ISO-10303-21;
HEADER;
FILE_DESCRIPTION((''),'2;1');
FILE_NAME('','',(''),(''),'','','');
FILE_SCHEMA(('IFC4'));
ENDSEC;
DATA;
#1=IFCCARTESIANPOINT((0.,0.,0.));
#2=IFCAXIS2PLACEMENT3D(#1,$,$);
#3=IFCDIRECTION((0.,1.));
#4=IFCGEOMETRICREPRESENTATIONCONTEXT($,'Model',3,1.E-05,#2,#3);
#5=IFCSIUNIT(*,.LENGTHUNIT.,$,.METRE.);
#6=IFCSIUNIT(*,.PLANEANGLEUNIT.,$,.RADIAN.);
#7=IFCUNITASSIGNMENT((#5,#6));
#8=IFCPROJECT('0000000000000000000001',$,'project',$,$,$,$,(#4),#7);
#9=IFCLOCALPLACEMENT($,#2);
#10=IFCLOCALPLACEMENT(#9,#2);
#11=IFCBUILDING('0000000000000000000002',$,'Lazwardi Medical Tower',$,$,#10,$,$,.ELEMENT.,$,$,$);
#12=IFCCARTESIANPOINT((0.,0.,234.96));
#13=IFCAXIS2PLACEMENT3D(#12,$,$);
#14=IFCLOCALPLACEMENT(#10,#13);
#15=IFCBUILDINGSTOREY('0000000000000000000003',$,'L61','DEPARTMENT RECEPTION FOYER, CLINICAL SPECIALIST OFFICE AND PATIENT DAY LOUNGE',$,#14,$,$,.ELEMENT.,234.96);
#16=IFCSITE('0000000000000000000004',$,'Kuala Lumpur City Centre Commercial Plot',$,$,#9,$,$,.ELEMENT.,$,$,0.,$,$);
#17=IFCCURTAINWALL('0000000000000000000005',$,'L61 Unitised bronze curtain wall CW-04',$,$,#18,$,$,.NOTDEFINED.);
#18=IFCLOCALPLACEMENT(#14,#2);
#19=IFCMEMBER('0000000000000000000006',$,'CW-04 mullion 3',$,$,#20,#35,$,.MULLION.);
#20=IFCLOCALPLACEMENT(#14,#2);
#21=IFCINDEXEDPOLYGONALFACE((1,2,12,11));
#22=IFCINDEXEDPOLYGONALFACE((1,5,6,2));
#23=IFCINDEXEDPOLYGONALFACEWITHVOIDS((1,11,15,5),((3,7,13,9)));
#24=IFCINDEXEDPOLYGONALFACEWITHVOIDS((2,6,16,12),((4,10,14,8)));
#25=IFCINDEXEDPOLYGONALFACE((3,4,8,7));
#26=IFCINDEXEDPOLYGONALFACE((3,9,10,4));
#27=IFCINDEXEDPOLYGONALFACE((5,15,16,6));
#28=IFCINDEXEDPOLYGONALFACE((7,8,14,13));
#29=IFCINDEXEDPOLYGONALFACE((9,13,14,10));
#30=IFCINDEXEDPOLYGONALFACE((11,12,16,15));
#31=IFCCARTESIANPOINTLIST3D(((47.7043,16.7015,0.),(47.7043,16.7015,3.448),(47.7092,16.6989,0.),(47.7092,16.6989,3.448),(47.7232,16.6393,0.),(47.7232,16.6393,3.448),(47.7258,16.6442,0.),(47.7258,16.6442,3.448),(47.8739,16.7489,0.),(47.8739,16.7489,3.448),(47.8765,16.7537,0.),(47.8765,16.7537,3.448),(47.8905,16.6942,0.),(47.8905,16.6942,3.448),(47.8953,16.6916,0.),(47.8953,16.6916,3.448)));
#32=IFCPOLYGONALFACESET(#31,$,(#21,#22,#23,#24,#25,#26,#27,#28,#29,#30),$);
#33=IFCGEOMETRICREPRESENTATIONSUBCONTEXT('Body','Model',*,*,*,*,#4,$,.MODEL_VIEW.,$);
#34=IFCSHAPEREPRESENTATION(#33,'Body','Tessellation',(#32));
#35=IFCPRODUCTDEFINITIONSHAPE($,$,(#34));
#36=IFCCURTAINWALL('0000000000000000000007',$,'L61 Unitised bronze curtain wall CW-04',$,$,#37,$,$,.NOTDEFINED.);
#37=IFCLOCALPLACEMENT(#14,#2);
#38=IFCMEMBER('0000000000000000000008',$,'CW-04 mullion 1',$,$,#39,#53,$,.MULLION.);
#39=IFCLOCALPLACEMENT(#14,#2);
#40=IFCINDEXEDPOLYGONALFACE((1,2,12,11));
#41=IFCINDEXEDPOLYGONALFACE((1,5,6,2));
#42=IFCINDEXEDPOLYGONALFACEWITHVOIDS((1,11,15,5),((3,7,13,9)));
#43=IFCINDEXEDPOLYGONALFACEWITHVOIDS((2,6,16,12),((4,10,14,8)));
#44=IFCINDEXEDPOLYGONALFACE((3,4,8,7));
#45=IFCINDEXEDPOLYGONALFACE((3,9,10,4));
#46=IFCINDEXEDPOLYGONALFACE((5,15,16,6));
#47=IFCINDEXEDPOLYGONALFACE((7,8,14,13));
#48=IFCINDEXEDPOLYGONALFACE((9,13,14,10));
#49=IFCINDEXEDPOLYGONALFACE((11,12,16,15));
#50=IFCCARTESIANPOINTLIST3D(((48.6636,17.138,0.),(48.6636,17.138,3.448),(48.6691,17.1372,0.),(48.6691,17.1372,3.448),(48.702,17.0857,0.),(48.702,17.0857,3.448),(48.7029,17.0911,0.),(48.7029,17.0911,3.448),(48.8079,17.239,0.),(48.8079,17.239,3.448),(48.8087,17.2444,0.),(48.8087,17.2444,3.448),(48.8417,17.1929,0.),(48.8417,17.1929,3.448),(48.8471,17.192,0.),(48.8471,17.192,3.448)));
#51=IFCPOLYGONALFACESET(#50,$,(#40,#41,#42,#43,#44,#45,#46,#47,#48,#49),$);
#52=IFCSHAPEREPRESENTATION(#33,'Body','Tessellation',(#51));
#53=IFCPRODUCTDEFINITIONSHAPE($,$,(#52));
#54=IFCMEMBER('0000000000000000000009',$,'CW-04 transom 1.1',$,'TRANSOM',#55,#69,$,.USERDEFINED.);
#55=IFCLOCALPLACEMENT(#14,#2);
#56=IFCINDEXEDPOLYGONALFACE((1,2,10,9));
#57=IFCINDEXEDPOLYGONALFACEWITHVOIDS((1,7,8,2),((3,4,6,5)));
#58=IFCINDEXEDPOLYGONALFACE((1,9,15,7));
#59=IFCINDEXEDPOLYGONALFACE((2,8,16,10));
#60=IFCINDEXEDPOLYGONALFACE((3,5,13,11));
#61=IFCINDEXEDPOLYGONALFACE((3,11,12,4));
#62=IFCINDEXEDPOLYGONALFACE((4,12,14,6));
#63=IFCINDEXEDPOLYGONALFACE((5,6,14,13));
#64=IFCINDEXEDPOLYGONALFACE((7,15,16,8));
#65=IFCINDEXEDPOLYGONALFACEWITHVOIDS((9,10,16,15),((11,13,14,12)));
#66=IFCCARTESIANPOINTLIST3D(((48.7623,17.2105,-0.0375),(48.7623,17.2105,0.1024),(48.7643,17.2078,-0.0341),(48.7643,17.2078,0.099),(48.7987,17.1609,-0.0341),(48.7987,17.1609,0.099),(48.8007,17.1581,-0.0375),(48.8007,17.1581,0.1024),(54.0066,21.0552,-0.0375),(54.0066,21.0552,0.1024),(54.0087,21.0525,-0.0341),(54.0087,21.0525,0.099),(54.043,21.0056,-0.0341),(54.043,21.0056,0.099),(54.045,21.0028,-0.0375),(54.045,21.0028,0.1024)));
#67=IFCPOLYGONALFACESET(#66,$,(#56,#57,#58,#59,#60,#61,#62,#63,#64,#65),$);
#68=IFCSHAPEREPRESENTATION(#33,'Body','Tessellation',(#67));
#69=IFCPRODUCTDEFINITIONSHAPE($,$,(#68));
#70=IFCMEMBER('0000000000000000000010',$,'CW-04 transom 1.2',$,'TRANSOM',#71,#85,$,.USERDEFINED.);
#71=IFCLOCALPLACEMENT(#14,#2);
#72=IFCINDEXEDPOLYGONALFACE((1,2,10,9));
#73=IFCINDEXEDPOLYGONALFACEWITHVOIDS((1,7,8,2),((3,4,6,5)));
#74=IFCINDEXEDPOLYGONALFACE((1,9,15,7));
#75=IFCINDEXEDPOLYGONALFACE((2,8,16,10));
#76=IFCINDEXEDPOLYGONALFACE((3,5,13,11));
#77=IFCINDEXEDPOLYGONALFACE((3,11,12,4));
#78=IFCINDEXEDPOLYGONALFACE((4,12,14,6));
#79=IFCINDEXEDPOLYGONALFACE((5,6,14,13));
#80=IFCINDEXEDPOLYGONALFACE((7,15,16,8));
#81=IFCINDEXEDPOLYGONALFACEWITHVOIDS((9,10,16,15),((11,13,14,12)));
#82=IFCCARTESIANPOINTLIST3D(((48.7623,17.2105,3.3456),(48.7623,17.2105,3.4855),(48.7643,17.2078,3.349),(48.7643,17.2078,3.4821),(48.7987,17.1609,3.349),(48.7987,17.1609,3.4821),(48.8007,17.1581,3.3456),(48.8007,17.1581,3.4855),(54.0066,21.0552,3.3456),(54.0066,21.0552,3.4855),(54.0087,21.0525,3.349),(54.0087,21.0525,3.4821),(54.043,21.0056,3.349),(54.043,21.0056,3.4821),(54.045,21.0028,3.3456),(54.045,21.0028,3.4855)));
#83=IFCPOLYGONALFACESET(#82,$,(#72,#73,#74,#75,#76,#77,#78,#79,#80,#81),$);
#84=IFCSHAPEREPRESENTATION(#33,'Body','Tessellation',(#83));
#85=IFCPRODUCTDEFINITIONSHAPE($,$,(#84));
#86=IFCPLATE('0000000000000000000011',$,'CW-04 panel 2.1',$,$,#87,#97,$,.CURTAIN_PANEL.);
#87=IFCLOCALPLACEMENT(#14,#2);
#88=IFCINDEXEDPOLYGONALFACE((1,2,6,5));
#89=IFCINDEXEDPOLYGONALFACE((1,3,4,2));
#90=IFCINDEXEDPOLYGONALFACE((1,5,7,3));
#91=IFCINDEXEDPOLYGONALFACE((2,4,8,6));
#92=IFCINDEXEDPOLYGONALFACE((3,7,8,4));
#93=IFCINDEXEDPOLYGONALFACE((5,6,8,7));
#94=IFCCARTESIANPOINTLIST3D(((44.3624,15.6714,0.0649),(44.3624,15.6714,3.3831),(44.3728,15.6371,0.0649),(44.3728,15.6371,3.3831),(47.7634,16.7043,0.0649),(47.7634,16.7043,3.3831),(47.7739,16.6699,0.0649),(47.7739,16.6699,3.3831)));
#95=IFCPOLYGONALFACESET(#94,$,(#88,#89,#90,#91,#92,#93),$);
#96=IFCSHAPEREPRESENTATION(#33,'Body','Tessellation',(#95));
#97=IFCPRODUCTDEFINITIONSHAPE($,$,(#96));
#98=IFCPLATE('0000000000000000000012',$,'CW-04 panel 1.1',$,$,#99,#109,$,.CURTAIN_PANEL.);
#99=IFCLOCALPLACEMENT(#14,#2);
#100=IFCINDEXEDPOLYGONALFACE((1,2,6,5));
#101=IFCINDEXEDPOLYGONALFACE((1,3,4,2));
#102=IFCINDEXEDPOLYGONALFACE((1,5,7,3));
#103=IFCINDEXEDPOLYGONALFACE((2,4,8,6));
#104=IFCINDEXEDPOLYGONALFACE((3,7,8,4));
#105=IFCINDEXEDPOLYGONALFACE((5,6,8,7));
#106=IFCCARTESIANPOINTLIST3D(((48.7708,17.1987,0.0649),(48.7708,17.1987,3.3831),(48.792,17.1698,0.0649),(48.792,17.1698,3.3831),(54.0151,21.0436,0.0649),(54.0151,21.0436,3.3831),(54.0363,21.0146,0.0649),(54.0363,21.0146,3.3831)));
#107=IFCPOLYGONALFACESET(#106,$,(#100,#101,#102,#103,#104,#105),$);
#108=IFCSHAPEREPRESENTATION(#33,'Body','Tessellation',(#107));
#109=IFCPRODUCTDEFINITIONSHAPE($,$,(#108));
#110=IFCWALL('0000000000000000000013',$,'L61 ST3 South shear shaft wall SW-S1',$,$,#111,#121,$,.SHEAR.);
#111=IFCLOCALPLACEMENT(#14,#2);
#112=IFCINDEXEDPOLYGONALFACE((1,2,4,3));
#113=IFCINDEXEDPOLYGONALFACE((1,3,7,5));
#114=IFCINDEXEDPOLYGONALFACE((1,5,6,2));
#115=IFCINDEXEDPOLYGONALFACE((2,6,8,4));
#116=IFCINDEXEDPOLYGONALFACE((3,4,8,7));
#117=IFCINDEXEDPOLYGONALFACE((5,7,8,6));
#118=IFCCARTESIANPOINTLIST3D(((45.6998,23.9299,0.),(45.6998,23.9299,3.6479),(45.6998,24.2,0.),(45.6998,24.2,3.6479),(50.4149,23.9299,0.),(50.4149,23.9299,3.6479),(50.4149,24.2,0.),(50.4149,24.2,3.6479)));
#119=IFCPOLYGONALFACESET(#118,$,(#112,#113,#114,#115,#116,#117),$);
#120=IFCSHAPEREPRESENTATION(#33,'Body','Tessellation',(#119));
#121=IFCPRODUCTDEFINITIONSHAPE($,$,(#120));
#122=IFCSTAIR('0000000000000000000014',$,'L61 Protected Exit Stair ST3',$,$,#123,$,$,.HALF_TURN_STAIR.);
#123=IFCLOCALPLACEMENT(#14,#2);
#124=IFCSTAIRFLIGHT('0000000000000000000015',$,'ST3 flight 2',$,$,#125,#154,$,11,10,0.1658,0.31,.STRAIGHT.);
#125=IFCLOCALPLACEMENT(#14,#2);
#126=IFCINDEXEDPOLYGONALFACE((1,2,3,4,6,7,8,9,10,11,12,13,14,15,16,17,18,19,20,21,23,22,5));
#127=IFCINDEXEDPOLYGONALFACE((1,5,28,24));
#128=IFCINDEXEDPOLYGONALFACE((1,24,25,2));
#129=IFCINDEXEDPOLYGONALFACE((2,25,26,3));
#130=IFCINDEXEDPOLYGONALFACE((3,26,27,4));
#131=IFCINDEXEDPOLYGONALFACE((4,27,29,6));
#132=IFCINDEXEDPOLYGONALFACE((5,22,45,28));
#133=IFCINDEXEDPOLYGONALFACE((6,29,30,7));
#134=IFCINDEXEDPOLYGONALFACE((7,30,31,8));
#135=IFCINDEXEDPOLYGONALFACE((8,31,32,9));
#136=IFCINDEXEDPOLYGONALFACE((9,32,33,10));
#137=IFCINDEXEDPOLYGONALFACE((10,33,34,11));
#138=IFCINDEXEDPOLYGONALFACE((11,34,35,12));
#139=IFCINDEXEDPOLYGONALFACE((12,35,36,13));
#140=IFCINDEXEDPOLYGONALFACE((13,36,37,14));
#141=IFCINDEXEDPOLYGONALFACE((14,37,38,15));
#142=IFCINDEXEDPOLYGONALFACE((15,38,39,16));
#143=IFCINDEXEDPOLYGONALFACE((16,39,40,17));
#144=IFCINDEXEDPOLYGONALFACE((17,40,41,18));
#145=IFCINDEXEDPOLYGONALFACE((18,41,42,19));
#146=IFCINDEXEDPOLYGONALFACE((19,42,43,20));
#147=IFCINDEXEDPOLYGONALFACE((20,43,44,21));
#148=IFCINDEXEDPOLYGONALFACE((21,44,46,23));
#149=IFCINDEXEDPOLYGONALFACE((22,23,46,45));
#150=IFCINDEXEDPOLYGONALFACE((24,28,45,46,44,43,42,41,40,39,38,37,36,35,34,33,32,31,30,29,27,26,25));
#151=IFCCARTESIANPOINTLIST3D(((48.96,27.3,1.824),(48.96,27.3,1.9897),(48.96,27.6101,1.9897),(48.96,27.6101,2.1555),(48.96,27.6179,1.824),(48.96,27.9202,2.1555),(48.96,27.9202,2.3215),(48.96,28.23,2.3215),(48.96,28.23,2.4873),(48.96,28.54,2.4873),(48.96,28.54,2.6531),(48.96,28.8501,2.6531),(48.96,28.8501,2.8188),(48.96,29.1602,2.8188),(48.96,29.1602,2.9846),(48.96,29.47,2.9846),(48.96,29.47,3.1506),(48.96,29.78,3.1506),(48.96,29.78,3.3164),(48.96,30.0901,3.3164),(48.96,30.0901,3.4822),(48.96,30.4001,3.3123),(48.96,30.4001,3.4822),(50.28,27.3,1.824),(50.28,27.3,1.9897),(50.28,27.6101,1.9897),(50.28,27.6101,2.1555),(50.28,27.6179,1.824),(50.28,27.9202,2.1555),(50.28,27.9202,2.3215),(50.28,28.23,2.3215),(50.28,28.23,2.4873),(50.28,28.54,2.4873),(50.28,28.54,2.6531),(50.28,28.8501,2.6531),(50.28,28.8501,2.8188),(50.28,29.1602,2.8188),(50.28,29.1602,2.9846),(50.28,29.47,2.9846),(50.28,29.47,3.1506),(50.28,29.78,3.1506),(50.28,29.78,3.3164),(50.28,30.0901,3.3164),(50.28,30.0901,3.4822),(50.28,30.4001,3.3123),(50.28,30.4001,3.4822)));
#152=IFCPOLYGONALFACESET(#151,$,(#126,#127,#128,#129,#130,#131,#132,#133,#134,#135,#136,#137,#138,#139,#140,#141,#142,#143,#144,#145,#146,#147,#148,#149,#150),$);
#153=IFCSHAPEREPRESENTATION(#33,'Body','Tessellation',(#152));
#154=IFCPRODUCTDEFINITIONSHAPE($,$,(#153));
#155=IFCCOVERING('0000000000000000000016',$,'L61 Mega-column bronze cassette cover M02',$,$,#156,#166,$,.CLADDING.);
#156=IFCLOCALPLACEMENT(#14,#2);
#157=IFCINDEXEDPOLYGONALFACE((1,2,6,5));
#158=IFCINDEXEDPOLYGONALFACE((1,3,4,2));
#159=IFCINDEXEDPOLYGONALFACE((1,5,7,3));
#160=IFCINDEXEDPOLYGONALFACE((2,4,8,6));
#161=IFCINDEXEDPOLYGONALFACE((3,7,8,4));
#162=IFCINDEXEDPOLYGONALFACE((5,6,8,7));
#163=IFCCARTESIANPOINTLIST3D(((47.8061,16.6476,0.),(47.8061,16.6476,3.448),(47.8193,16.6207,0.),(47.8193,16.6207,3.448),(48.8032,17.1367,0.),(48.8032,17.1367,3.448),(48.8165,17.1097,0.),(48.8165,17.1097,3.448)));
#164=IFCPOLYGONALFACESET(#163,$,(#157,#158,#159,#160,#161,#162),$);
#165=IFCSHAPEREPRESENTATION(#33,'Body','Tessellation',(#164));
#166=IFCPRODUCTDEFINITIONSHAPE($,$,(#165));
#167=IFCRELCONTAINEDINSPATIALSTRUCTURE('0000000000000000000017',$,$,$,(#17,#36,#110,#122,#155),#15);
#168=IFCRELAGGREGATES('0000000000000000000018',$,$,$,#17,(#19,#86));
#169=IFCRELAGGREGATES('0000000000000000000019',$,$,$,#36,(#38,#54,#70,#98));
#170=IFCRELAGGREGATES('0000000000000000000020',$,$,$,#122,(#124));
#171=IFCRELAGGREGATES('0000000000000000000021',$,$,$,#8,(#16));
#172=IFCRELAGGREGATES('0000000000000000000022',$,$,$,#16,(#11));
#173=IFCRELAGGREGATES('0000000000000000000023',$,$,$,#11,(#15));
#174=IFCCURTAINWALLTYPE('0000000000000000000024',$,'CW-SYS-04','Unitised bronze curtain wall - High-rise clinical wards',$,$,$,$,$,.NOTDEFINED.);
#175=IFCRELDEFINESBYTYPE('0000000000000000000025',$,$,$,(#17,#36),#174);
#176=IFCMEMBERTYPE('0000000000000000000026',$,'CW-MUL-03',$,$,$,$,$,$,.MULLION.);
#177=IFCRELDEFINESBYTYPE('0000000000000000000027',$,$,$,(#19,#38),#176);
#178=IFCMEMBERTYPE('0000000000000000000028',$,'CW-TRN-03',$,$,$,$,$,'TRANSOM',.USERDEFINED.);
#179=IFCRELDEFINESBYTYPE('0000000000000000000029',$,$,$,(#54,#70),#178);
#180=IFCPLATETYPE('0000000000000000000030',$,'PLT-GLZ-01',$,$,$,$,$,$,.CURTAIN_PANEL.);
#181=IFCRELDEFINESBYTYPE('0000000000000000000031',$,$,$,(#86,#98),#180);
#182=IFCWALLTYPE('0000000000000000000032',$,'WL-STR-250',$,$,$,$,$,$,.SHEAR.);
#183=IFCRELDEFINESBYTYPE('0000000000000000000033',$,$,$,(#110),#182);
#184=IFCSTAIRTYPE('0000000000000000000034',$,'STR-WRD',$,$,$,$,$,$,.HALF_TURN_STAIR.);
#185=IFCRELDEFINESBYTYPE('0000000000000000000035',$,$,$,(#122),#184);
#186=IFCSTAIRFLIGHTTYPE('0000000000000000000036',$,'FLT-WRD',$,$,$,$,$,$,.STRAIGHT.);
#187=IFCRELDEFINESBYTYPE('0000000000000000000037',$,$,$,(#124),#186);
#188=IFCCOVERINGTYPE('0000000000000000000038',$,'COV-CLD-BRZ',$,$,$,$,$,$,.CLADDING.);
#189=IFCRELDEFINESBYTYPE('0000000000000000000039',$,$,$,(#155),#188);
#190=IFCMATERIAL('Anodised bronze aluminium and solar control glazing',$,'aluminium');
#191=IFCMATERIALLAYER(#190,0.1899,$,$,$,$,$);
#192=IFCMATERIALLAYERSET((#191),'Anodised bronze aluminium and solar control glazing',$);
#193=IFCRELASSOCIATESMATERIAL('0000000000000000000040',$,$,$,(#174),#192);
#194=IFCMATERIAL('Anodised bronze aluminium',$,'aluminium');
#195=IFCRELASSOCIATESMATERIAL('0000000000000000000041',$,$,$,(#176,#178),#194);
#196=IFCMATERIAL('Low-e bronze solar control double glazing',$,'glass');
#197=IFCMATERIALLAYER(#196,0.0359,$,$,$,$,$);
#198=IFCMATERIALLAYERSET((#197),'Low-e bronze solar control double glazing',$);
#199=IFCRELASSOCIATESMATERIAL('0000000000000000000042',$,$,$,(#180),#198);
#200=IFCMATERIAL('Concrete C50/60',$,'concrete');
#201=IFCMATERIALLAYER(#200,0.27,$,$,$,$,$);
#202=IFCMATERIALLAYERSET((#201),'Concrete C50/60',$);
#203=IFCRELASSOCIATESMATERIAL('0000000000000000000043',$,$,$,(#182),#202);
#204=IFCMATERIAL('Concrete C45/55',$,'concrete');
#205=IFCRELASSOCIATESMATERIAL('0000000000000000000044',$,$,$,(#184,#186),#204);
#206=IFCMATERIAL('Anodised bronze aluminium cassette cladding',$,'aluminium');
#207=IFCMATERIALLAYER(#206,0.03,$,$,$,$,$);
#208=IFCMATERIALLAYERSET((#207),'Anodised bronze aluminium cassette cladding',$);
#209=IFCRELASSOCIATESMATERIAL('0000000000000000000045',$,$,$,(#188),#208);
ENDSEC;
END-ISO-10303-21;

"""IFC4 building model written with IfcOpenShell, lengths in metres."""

from ifc_helpers import new_model, si_unit, direction, frame, frame_2d, origin, origin_2d, place, context, subcontext, project, spatial, polyline, rectangle, hollow_rectangle, outline, extrude, material, layer, layer_set, material_profile, profile_set, type_object, element, aggregate, save


model = new_model("IFC4")

# Units and contexts
model_context = context("Model", 3, precision=1e-05, world=origin(), true_north=direction((0.0, 1.0)))
body_context = subcontext(model_context, "Body", "Model", "MODEL_VIEW")
ifc_project = project(units=[si_unit("LENGTHUNIT", "METRE"), si_unit("PLANEANGLEUNIT", "RADIAN")], contexts=[model_context])

# Site, building, storey
site_placement = place(None, origin())
site = spatial("IfcSite", under=ifc_project, at=site_placement, Name="Kuala Lumpur City Centre Commercial Plot", CompositionType="ELEMENT", RefElevation=0.0)
building_placement = place(site_placement, origin())
building = spatial("IfcBuilding", under=site, at=building_placement, Name="Lazwardi Medical Tower", CompositionType="ELEMENT")
storey_placement = place(building_placement, frame((0.0, 0.0, 234.96)))
storey = spatial("IfcBuildingStorey", under=building, at=storey_placement, Name="L61", Description="DEPARTMENT RECEPTION FOYER, CLINICAL SPECIALIST OFFICE AND PATIENT DAY LOUNGE", CompositionType="ELEMENT", Elevation=234.96)

# Curtain wall, member
ifc_material_1 = material(Name="Anodised bronze aluminium and solar control glazing", Category="aluminium")
ifc_layer_1 = layer(ifc_material_1, 0.1899)
ifc_layer_set_1 = layer_set([ifc_layer_1], Name="Anodised bronze aluminium and solar control glazing")
curtain_wall_type = type_object("IfcCurtainWallType", Name="CW-SYS-04", Description="Unitised bronze curtain wall - High-rise clinical wards", PredefinedType="NOTDEFINED", material=ifc_layer_set_1)
curtain_wall_1_placement = place(storey_placement, origin())
curtain_wall_1 = element("IfcCurtainWall", 1, at=curtain_wall_1_placement, inside=storey, type_object=curtain_wall_type, Name="L61 Unitised bronze curtain wall CW-04", PredefinedType="NOTDEFINED")
ifc_material_2 = material(Name="Anodised bronze aluminium", Category="aluminium")
ifc_material_profile_1 = material_profile(ifc_material_2, hollow_rectangle(XDim=0.0649, YDim=0.1799, WallThickness=0.0039, at=origin_2d()), Name="ALU-MULLION 180x65x4")
ifc_profile_set_1 = profile_set([ifc_material_profile_1], Name="Anodised bronze aluminium")
member_type_1 = type_object("IfcMemberType", Name="CW-MUL-03", PredefinedType="MULLION", material=ifc_profile_set_1)
member_1_placement = place(storey_placement, frame((47.7998, 16.6965, 0.0), z_axis=(0.0, 0.0, 1.0), x_axis=(-0.290582, 0.95685, 0.0)))
member_1 = element("IfcMember", 2, at=member_1_placement, type_object=member_type_1, Name="CW-04 mullion 3", PredefinedType="MULLION", context=body_context, shape_type="SweptSolid", body=[
    extrude(hollow_rectangle(XDim=0.0649, YDim=0.1799, WallThickness=0.0039, at=origin_2d()), origin(), (0.0, 0.0, 1.0), 3.448),
])

# Curtain wall, members
curtain_wall_2_placement = place(storey_placement, origin())
curtain_wall_2 = element("IfcCurtainWall", 3, at=curtain_wall_2_placement, inside=storey, type_object=curtain_wall_type, Name="L61 Unitised bronze curtain wall CW-04", PredefinedType="NOTDEFINED")
member_2_placement = place(storey_placement, frame((48.7554, 17.165, 0.0), z_axis=(0.0, 0.0, 1.0), x_axis=(-0.591268, 0.806475, 0.0)))
member_2 = element("IfcMember", 4, at=member_2_placement, type_object=member_type_1, Name="CW-04 mullion 1", PredefinedType="MULLION", context=body_context, shape_type="SweptSolid", body=[
    extrude(hollow_rectangle(XDim=0.0649, YDim=0.1799, WallThickness=0.0039, at=origin_2d()), origin(), (0.0, 0.0, 1.0), 3.448),
])
ifc_material_profile_2 = material_profile(ifc_material_2, hollow_rectangle(XDim=0.0649, YDim=0.1399, WallThickness=0.0034, at=origin_2d()), Name="ALU-TRANSOM 140x65x3.5")
ifc_profile_set_2 = profile_set([ifc_material_profile_2], Name="Anodised bronze aluminium")
member_type_2 = type_object("IfcMemberType", Name="CW-TRN-03", ElementType="TRANSOM", PredefinedType="USERDEFINED", material=ifc_profile_set_2)
member_3_placement = place(storey_placement, frame((48.7815, 17.1843, 0.0325), z_axis=(0.80649, 0.591248, 0.0), x_axis=(-0.591248, 0.80649, 0.0)))
member_3 = element("IfcMember", 5, at=member_3_placement, type_object=member_type_2, Name="CW-04 transom 1.1", ObjectType="TRANSOM", PredefinedType="USERDEFINED", context=body_context, shape_type="SweptSolid", body=[
    extrude(hollow_rectangle(XDim=0.0649, YDim=0.1399, WallThickness=0.0034, at=origin_2d()), origin(), (0.0, 0.0, 1.0), 6.5027),
])
member_4_placement = place(storey_placement, frame((48.7815, 17.1843, 3.4155), z_axis=(0.80649, 0.591248, 0.0), x_axis=(-0.591248, 0.80649, 0.0)))
member_4 = element("IfcMember", 6, at=member_4_placement, type_object=member_type_2, Name="CW-04 transom 1.2", ObjectType="TRANSOM", PredefinedType="USERDEFINED", context=body_context, shape_type="SweptSolid", body=[
    extrude(hollow_rectangle(XDim=0.0649, YDim=0.1399, WallThickness=0.0034, at=origin_2d()), origin(), (0.0, 0.0, 1.0), 6.5027),
])

# Plates
ifc_material_3 = material(Name="Low-e bronze solar control double glazing", Category="glass")
ifc_layer_2 = layer(ifc_material_3, 0.0359)
ifc_layer_set_2 = layer_set([ifc_layer_2], Name="Low-e bronze solar control double glazing")
plate_type = type_object("IfcPlateType", Name="PLT-GLZ-01", PredefinedType="CURTAIN_PANEL", material=ifc_layer_set_2)
plate_1_placement = place(storey_placement, frame((46.0681, 16.1707, 0.0649), z_axis=(0.0, 0.0, 1.0), x_axis=(0.95685, 0.290582, 0.0)))
plate_1 = element("IfcPlate", 7, at=plate_1_placement, type_object=plate_type, Name="CW-04 panel 2.1", PredefinedType="CURTAIN_PANEL", context=body_context, shape_type="SweptSolid", body=[
    extrude(rectangle(XDim=3.5544, YDim=0.0359, at=origin_2d()), origin(), (0.0, 0.0, 1.0), 3.3181),
])
aggregate(curtain_wall_1, [member_1, plate_1])
plate_2_placement = place(storey_placement, frame((51.4036, 19.1067, 0.0649), z_axis=(0.0, 0.0, 1.0), x_axis=(0.806475, 0.591268, 0.0)))
plate_2 = element("IfcPlate", 8, at=plate_2_placement, type_object=plate_type, Name="CW-04 panel 1.1", PredefinedType="CURTAIN_PANEL", context=body_context, shape_type="SweptSolid", body=[
    extrude(rectangle(XDim=6.5027, YDim=0.0359, at=origin_2d()), origin(), (0.0, 0.0, 1.0), 3.3181),
])
aggregate(curtain_wall_2, [member_2, member_3, member_4, plate_2])

# Wall
ifc_material_4 = material(Name="Concrete C50/60", Category="concrete")
ifc_layer_3 = layer(ifc_material_4, 0.27)
ifc_layer_set_3 = layer_set([ifc_layer_3], Name="Concrete C50/60")
wall_type = type_object("IfcWallType", Name="WL-STR-250", PredefinedType="SHEAR", material=ifc_layer_set_3)
wall_placement = place(storey_placement, frame((45.7, 24.0649, 0.0), z_axis=(0.0, 0.0, 1.0), x_axis=(1.0, 0.0, 0.0)))
element("IfcWall", 9, at=wall_placement, inside=storey, type_object=wall_type, Name="L61 ST3 South shear shaft wall SW-S1", PredefinedType="SHEAR", context=body_context, shape_type="SweptSolid", body=[
    extrude(rectangle(XDim=4.7151, YDim=0.27, at=frame_2d((2.3574, 0.0))), origin(), (0.0, 0.0, 1.0), 3.6479),
])

# Stair, stair flight
ifc_material_5 = material(Name="Concrete C45/55", Category="concrete")
stair_type = type_object("IfcStairType", Name="STR-WRD", PredefinedType="HALF_TURN_STAIR", material=ifc_material_5)
stair_placement = place(storey_placement, origin())
stair = element("IfcStair", 10, at=stair_placement, inside=storey, type_object=stair_type, Name="L61 Protected Exit Stair ST3", PredefinedType="HALF_TURN_STAIR")
stair_flight_type = type_object("IfcStairFlightType", Name="FLT-WRD", PredefinedType="STRAIGHT", material=ifc_material_5)
stair_flight_placement = place(storey_placement, frame((49.6201, 27.3, 1.824), z_axis=(0.0, 0.0, 1.0), x_axis=(0.0, 1.0, 0.0)))
stair_flight = element("IfcStairFlight", 11, at=stair_flight_placement, type_object=stair_flight_type, Name="ST3 flight 2", NumberOfRisers=11, NumberOfTreads=10, PredefinedType="STRAIGHT", RiserHeight=0.1658, TreadLength=0.31, context=body_context, shape_type="SweptSolid", body=[
    extrude(outline(polyline([(0.0, 0.0), (0.0, 0.1658), (0.3101, 0.1658), (0.3101, 0.3315), (0.6201, 0.3315), (0.6201, 0.4976), (0.9299, 0.4976), (0.9299, 0.6633), (1.24, 0.6633), (1.24, 0.8291), (1.55, 0.8291), (1.55, 0.9949), (1.8601, 0.9949), (1.8601, 1.1606), (2.1699, 1.1606), (2.1699, 1.3267), (2.48, 1.3267), (2.48, 1.4924), (2.79, 1.4924), (2.79, 1.6582), (3.1001, 1.6582), (3.1001, 1.824), (3.1001, 1.4883), (0.3179, 0.0), (0.0, 0.0)])), frame((0.0, 0.6602, 0.0), z_axis=(0.0, -1.0, 0.0), x_axis=(1.0, 0.0, 0.0)), (0.0, 0.0, 1.0), 1.3201),
])
aggregate(stair, [stair_flight])

# Covering
ifc_material_6 = material(Name="Anodised bronze aluminium cassette cladding", Category="aluminium")
ifc_layer_4 = layer(ifc_material_6, 0.03)
ifc_layer_set_4 = layer_set([ifc_layer_4], Name="Anodised bronze aluminium cassette cladding")
covering_type = type_object("IfcCoveringType", Name="COV-CLD-BRZ", PredefinedType="CLADDING", material=ifc_layer_set_4)
covering_placement = place(storey_placement, frame((48.3113, 16.8787, 0.0), z_axis=(0.0, 0.0, 1.0), x_axis=(0.89784, 0.440322, 0.0)))
element("IfcCovering", 12, at=covering_placement, inside=storey, type_object=covering_type, Name="L61 Mega-column bronze cassette cover M02", PredefinedType="CLADDING", context=body_context, shape_type="SweptSolid", body=[
    extrude(rectangle(XDim=1.1106, YDim=0.03, at=origin_2d()), origin(), (0.0, 0.0, 1.0), 3.448),
])

save(model, "model.ifc")
